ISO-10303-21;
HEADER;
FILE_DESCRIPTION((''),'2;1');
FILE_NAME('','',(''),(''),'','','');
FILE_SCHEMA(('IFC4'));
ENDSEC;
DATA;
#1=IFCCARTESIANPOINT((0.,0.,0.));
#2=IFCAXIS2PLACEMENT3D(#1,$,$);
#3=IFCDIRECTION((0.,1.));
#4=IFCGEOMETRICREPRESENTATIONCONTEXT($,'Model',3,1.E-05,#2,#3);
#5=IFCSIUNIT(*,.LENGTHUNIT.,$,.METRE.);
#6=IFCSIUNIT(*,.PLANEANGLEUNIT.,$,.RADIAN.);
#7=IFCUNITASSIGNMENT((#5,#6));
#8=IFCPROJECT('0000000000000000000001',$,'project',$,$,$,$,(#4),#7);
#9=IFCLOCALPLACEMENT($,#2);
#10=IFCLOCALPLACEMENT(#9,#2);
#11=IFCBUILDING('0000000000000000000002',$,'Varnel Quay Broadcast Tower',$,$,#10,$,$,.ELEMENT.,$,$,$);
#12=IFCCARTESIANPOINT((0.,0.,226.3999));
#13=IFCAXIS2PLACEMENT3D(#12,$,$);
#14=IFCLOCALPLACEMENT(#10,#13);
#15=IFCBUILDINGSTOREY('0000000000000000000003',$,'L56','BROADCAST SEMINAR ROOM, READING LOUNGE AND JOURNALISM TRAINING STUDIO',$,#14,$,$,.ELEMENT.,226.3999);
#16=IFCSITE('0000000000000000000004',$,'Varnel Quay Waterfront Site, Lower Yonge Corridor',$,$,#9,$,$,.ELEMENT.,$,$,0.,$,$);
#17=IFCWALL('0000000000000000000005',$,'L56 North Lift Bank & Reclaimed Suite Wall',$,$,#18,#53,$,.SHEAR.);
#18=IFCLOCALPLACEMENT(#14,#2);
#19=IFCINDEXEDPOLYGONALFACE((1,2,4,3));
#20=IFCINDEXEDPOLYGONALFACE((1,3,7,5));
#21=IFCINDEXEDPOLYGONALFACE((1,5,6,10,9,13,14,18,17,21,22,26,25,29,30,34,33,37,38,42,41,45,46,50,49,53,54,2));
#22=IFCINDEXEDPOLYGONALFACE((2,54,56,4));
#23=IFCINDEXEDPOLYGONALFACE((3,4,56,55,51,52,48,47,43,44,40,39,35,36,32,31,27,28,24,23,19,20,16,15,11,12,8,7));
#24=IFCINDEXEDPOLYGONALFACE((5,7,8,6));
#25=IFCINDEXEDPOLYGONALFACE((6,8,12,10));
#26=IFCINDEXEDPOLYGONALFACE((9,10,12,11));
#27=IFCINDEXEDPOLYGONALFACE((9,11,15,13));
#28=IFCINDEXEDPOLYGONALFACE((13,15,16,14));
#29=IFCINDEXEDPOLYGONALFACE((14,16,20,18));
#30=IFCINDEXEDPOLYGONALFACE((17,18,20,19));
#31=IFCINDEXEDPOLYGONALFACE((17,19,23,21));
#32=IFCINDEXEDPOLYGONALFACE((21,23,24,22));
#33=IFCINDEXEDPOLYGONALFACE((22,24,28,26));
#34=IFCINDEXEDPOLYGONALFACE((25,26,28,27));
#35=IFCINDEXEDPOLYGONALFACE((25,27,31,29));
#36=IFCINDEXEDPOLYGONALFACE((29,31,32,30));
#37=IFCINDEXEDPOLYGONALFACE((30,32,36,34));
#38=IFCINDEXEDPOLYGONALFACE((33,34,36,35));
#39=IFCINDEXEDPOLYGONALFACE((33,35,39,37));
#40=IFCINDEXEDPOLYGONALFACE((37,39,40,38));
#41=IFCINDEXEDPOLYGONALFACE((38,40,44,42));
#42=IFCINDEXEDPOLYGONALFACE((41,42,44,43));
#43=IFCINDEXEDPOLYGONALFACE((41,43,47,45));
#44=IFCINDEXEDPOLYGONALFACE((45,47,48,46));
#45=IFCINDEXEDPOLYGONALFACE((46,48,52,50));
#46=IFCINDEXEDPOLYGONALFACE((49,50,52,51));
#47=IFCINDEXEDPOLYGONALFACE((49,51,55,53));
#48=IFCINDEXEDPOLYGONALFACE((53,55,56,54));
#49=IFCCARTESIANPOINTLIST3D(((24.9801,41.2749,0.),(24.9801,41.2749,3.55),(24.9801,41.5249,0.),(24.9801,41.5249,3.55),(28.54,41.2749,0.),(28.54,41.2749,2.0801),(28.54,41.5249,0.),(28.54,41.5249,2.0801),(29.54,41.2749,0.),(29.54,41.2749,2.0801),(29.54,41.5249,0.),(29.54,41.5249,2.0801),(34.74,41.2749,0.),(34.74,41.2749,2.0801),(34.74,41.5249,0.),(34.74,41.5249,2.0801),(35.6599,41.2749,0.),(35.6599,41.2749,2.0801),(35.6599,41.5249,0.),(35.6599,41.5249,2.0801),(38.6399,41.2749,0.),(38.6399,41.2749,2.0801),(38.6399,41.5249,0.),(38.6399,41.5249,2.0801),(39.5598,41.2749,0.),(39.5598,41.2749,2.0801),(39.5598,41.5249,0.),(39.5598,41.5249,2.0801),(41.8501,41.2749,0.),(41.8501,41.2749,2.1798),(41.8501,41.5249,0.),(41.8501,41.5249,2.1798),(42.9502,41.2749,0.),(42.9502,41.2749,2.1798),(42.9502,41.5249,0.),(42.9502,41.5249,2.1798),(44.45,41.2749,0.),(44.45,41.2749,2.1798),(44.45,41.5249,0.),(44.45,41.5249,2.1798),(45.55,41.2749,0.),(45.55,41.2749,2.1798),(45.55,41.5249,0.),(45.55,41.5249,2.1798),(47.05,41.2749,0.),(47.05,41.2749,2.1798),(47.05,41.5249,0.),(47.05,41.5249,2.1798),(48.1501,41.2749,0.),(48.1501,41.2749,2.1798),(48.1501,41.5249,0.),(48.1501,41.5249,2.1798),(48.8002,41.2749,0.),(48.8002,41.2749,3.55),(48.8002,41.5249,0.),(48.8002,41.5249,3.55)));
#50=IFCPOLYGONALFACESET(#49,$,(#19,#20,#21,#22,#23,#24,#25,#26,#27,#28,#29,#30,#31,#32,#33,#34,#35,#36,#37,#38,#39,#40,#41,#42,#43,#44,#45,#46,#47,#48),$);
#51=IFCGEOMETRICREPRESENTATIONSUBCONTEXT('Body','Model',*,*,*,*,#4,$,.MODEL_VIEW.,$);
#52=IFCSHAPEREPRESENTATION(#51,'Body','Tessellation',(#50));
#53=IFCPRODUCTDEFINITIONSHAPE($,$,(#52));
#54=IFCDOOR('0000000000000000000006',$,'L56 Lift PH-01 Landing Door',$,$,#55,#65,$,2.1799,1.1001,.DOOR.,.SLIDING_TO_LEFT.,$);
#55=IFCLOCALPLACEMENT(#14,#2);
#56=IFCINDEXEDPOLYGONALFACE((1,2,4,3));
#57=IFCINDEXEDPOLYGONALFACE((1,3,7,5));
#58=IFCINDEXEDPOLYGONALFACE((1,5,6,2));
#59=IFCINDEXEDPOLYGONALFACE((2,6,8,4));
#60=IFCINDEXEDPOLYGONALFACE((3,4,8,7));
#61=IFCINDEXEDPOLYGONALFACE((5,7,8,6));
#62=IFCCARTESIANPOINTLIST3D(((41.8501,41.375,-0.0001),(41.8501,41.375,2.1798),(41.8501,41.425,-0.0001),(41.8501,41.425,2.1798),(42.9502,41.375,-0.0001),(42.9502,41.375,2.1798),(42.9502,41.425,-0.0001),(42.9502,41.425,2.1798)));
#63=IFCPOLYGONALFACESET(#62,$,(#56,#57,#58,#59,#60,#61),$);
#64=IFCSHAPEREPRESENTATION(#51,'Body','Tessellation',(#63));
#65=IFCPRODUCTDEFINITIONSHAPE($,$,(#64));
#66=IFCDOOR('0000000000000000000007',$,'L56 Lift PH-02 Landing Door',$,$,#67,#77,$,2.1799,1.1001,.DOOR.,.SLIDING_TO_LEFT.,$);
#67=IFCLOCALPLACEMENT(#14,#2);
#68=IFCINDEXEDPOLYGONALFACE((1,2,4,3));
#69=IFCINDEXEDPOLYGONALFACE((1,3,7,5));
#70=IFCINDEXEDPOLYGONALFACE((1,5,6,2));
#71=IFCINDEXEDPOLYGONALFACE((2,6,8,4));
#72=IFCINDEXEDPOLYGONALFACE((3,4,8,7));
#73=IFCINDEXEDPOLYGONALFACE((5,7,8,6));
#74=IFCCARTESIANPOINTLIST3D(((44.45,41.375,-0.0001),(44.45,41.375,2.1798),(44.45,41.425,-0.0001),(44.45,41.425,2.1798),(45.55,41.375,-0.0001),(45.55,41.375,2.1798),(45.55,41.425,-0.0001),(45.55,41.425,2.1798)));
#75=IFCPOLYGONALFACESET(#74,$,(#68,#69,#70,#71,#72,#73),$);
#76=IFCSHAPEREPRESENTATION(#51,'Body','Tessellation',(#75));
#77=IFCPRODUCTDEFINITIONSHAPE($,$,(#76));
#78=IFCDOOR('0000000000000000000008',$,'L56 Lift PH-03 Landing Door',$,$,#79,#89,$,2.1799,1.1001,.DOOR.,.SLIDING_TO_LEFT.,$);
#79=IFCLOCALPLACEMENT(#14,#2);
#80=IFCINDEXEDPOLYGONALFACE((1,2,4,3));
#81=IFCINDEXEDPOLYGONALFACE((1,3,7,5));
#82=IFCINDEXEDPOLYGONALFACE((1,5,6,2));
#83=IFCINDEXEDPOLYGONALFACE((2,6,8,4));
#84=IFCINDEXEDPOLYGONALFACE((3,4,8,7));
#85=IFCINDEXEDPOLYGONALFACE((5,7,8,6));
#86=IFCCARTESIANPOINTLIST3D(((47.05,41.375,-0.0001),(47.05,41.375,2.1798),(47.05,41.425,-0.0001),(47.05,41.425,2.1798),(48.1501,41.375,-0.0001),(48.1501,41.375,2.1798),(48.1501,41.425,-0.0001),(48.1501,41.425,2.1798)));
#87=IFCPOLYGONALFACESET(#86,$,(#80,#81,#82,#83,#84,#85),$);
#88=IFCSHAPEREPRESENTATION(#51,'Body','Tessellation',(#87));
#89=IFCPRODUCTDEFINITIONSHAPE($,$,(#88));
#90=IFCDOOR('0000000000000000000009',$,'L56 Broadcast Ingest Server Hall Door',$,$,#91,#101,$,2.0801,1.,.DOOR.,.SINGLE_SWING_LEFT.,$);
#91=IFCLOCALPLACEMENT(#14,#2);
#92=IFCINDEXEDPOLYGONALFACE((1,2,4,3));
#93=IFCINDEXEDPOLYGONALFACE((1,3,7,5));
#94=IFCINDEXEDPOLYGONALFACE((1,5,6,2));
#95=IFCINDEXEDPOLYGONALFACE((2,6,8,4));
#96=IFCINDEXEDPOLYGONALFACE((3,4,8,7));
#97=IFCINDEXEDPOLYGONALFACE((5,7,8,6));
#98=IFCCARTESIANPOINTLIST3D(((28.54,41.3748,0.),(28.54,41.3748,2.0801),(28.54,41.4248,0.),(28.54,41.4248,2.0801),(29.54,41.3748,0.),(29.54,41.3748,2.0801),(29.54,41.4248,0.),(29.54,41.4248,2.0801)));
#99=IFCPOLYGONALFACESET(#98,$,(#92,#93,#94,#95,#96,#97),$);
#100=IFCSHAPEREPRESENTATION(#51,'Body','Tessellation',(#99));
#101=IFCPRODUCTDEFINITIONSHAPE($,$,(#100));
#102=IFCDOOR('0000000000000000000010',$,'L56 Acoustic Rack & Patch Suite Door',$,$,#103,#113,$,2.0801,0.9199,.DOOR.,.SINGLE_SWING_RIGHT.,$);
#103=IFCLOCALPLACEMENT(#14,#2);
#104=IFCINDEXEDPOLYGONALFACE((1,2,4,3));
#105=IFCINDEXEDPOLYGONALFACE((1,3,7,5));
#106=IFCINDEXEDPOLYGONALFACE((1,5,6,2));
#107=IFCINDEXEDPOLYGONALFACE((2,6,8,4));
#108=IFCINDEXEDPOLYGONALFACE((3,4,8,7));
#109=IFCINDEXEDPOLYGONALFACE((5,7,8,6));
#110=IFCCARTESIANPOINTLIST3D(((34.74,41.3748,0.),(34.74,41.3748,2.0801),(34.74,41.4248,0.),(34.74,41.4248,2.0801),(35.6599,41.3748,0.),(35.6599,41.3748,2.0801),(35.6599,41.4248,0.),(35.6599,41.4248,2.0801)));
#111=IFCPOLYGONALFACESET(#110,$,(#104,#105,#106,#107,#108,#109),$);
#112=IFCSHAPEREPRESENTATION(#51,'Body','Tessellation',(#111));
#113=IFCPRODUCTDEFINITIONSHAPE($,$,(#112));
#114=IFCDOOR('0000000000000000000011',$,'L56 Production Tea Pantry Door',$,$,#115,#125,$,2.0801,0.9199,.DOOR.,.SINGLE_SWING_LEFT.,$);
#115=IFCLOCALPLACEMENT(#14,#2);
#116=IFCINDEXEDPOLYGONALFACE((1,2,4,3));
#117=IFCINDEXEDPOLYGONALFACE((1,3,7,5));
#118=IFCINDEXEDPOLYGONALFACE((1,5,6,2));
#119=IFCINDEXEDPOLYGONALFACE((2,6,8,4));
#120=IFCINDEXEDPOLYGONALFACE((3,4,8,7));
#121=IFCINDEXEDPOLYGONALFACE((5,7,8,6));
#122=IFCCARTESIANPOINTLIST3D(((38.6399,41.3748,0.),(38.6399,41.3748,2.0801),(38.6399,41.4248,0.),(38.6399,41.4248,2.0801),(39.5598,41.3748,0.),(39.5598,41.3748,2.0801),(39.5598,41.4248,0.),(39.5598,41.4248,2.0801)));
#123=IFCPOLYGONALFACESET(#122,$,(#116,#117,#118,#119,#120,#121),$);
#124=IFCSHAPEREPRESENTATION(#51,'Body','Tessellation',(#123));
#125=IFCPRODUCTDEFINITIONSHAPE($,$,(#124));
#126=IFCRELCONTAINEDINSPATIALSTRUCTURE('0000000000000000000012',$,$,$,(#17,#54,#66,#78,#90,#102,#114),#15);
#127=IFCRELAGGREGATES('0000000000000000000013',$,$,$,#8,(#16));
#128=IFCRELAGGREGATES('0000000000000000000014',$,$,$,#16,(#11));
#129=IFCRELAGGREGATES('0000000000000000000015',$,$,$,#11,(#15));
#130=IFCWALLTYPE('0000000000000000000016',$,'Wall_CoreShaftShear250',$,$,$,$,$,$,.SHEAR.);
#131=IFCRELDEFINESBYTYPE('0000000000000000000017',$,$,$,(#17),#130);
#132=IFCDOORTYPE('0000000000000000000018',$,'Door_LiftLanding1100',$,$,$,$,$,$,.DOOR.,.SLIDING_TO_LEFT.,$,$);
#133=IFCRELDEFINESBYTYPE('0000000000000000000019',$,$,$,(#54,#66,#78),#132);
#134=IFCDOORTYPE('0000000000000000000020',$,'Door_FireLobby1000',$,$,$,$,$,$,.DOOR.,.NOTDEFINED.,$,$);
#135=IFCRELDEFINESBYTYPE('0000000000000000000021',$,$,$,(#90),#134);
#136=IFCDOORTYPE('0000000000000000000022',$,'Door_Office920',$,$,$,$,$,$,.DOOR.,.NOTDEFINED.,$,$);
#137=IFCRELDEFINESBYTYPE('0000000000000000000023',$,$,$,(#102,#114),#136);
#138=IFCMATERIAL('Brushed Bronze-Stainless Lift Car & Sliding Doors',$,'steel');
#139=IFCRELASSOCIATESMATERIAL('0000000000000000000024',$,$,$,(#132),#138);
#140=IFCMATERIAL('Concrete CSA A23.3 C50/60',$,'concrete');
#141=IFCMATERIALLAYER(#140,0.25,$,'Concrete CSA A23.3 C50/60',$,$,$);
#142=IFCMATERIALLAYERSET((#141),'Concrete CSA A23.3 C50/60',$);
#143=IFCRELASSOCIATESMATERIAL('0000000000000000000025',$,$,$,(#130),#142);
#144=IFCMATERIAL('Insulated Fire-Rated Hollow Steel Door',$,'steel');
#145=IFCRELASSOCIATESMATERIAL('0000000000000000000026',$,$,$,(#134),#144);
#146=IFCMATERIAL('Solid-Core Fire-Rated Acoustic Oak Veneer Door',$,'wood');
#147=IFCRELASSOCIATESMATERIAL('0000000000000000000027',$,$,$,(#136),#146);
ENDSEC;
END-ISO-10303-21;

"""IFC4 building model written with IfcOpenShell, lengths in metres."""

from ifc_helpers import new_model, si_unit, direction, frame, frame_2d, origin, place, context, subcontext, project, spatial, rectangle, extrude, source, transform, mapped, material, layer, layer_set, type_object, type_shapes, element, fill, save


model = new_model("IFC4")

# Units and contexts
model_context = context("Model", 3, precision=1e-05, world=origin(), true_north=direction((0.0, 1.0)))
body_context = subcontext(model_context, "Body", "Model", "MODEL_VIEW")
ifc_project = project(units=[si_unit("LENGTHUNIT", "METRE"), si_unit("PLANEANGLEUNIT", "RADIAN")], contexts=[model_context])

# Site, building, storey
site_placement = place(None, origin())
site = spatial("IfcSite", under=ifc_project, at=site_placement, Name="Varnel Quay Waterfront Site, Lower Yonge Corridor", CompositionType="ELEMENT", RefElevation=0.0)
building_placement = place(site_placement, origin())
building = spatial("IfcBuilding", under=site, at=building_placement, Name="Varnel Quay Broadcast Tower", CompositionType="ELEMENT")
storey_placement = place(building_placement, frame((0.0, 0.0, 226.3999)))
storey = spatial("IfcBuildingStorey", under=building, at=storey_placement, Name="L56", Description="BROADCAST SEMINAR ROOM, READING LOUNGE AND JOURNALISM TRAINING STUDIO", CompositionType="ELEMENT", Elevation=226.3999)

# Shared definitions
ifc_material_1 = material(Name="Concrete CSA A23.3 C50/60", Category="concrete")
ifc_material_2 = material(Name="Brushed Bronze-Stainless Lift Car & Sliding Doors", Category="steel")
door_type_1 = type_object("IfcDoorType", Name="Door_LiftLanding1100", OperationType="SLIDING_TO_LEFT", PredefinedType="DOOR", material=ifc_material_2)
shared_shape_1 = source(origin(), body_context, "Body", "SweptSolid", [
    extrude(rectangle(XDim=1.1001, YDim=2.1799, at=frame_2d((0.55, 1.0898))), frame((0.0, 0.0249, 0.0), z_axis=(0.0, -1.0, 0.0), x_axis=(1.0, 0.0, 0.0)), (0.0, 0.0, 1.0), 0.05),
])
type_shapes(door_type_1, [shared_shape_1])

# Wall, openings, doors
ifc_layer_1 = layer(ifc_material_1, 0.25, Name="Concrete CSA A23.3 C50/60")
ifc_layer_set_1 = layer_set([ifc_layer_1], Name="Concrete CSA A23.3 C50/60")
wall_type_1 = type_object("IfcWallType", Name="Wall_CoreShaftShear250", PredefinedType="SHEAR", material=ifc_layer_set_1)
wall_1_placement = place(storey_placement, frame((24.98, 41.3999, 0.0), z_axis=(0.0, 0.0, 1.0), x_axis=(1.0, 0.0, 0.0)))
wall_1 = element("IfcWall", 1, at=wall_1_placement, inside=storey, type_object=wall_type_1, Name="L56 North Lift Bank & Reclaimed Suite Wall", PredefinedType="SHEAR", context=body_context, shape_type="SweptSolid", body=[
    extrude(rectangle(XDim=23.8201, YDim=0.25, at=frame_2d((11.9102, 0.0))), origin(), (0.0, 0.0, 1.0), 3.55),
])
opening_1_placement = place(wall_1_placement, frame((16.8701, 0.0, 0.0)))
opening_1 = element("IfcOpeningElement", 2, at=opening_1_placement, cuts=wall_1, PredefinedType="OPENING", context=body_context, shape_type="SweptSolid", body=[
    extrude(rectangle(XDim=1.1001, YDim=2.1799, at=frame_2d((0.55, 1.0898))), frame((0.0, 0.135, 0.0), z_axis=(0.0, -1.0, 0.0), x_axis=(1.0, 0.0, 0.0)), (0.0, 0.0, 1.0), 0.27),
])
opening_2_placement = place(wall_1_placement, frame((19.47, 0.0, 0.0)))
opening_2 = element("IfcOpeningElement", 3, at=opening_2_placement, cuts=wall_1, PredefinedType="OPENING", context=body_context, shape_type="SweptSolid", body=[
    extrude(rectangle(XDim=1.1001, YDim=2.1799, at=frame_2d((0.55, 1.0898))), frame((0.0, 0.135, 0.0), z_axis=(0.0, -1.0, 0.0), x_axis=(1.0, 0.0, 0.0)), (0.0, 0.0, 1.0), 0.27),
])
opening_3_placement = place(wall_1_placement, frame((22.0701, 0.0, 0.0)))
opening_3 = element("IfcOpeningElement", 4, at=opening_3_placement, cuts=wall_1, PredefinedType="OPENING", context=body_context, shape_type="SweptSolid", body=[
    extrude(rectangle(XDim=1.1001, YDim=2.1799, at=frame_2d((0.55, 1.0898))), frame((0.0, 0.135, 0.0), z_axis=(0.0, -1.0, 0.0), x_axis=(1.0, 0.0, 0.0)), (0.0, 0.0, 1.0), 0.27),
])
opening_4_placement = place(wall_1_placement, frame((3.5601, 0.0, 0.0)))
opening_4 = element("IfcOpeningElement", 5, at=opening_4_placement, cuts=wall_1, PredefinedType="OPENING", context=body_context, shape_type="SweptSolid", body=[
    extrude(rectangle(XDim=1.0, YDim=2.0801, at=frame_2d((0.5, 1.04))), frame((0.0, 0.135, 0.0), z_axis=(0.0, -1.0, 0.0), x_axis=(1.0, 0.0, 0.0)), (0.0, 0.0, 1.0), 0.27),
])
opening_5_placement = place(wall_1_placement, frame((9.76, 0.0, 0.0)))
opening_5 = element("IfcOpeningElement", 6, at=opening_5_placement, cuts=wall_1, PredefinedType="OPENING", context=body_context, shape_type="SweptSolid", body=[
    extrude(rectangle(XDim=0.9199, YDim=2.0801, at=frame_2d((0.46, 1.04))), frame((0.0, 0.135, 0.0), z_axis=(0.0, -1.0, 0.0), x_axis=(1.0, 0.0, 0.0)), (0.0, 0.0, 1.0), 0.27),
])
opening_6_placement = place(wall_1_placement, frame((13.6599, 0.0, 0.0)))
opening_6 = element("IfcOpeningElement", 7, at=opening_6_placement, cuts=wall_1, PredefinedType="OPENING", context=body_context, shape_type="SweptSolid", body=[
    extrude(rectangle(XDim=0.9199, YDim=2.0801, at=frame_2d((0.46, 1.04))), frame((0.0, 0.135, 0.0), z_axis=(0.0, -1.0, 0.0), x_axis=(1.0, 0.0, 0.0)), (0.0, 0.0, 1.0), 0.27),
])
door_1_placement = place(opening_1_placement, frame((1.1001, 0.0, 0.0), z_axis=(0.0, 0.0, 1.0), x_axis=(-1.0, 0.0, 0.0)))
door_1 = element("IfcDoor", 8, at=door_1_placement, inside=storey, type_object=door_type_1, Name="L56 Lift PH-01 Landing Door", OperationType="SLIDING_TO_LEFT", OverallHeight=2.1799, OverallWidth=1.1001, PredefinedType="DOOR", context=body_context, shape_type="MappedRepresentation", body=[
    mapped(shared_shape_1, transform((0.0, 0.0, 0.0), x_axis=(1.0, 0.0, 0.0), y_axis=(0.0, 1.0, 0.0), z_axis=(0.0, 0.0, 1.0), scale=1.0)),
])
fill(opening_1, door_1)
door_2_placement = place(opening_2_placement, frame((1.1001, 0.0, 0.0), z_axis=(0.0, 0.0, 1.0), x_axis=(-1.0, 0.0, 0.0)))
door_2 = element("IfcDoor", 9, at=door_2_placement, inside=storey, type_object=door_type_1, Name="L56 Lift PH-02 Landing Door", OperationType="SLIDING_TO_LEFT", OverallHeight=2.1799, OverallWidth=1.1001, PredefinedType="DOOR", context=body_context, shape_type="MappedRepresentation", body=[
    mapped(shared_shape_1, transform((0.0, 0.0, 0.0), x_axis=(1.0, 0.0, 0.0), y_axis=(0.0, 1.0, 0.0), z_axis=(0.0, 0.0, 1.0), scale=1.0)),
])
fill(opening_2, door_2)
door_3_placement = place(opening_3_placement, frame((1.1001, 0.0, 0.0), z_axis=(0.0, 0.0, 1.0), x_axis=(-1.0, 0.0, 0.0)))
door_3 = element("IfcDoor", 10, at=door_3_placement, inside=storey, type_object=door_type_1, Name="L56 Lift PH-03 Landing Door", OperationType="SLIDING_TO_LEFT", OverallHeight=2.1799, OverallWidth=1.1001, PredefinedType="DOOR", context=body_context, shape_type="MappedRepresentation", body=[
    mapped(shared_shape_1, transform((0.0, 0.0, 0.0), x_axis=(1.0, 0.0, 0.0), y_axis=(0.0, 1.0, 0.0), z_axis=(0.0, 0.0, 1.0), scale=1.0)),
])
fill(opening_3, door_3)
ifc_material_3 = material(Name="Insulated Fire-Rated Hollow Steel Door", Category="steel")
door_type_2 = type_object("IfcDoorType", Name="Door_FireLobby1000", OperationType="NOTDEFINED", PredefinedType="DOOR", material=ifc_material_3)
shared_shape_2 = source(origin(), body_context, "Body", "SweptSolid", [
    extrude(rectangle(XDim=1.0, YDim=2.0801, at=frame_2d((0.5, 1.04))), frame((0.0, 0.0249, 0.0), z_axis=(0.0, -1.0, 0.0), x_axis=(1.0, 0.0, 0.0)), (0.0, 0.0, 1.0), 0.05),
])
type_shapes(door_type_2, [shared_shape_2])
door_4_placement = place(opening_4_placement, origin())
door_4 = element("IfcDoor", 11, at=door_4_placement, inside=storey, type_object=door_type_2, Name="L56 Broadcast Ingest Server Hall Door", OperationType="SINGLE_SWING_LEFT", OverallHeight=2.0801, OverallWidth=1.0, PredefinedType="DOOR", context=body_context, shape_type="MappedRepresentation", body=[
    mapped(shared_shape_2, transform((0.0, 0.0, 0.0), x_axis=(1.0, 0.0, 0.0), y_axis=(0.0, 1.0, 0.0), z_axis=(0.0, 0.0, 1.0), scale=1.0)),
])
fill(opening_4, door_4)
ifc_material_4 = material(Name="Solid-Core Fire-Rated Acoustic Oak Veneer Door", Category="wood")
door_type_3 = type_object("IfcDoorType", Name="Door_Office920", OperationType="NOTDEFINED", PredefinedType="DOOR", material=ifc_material_4)
shared_shape_3 = source(origin(), body_context, "Body", "SweptSolid", [
    extrude(rectangle(XDim=0.9199, YDim=2.0801, at=frame_2d((0.46, 1.04))), frame((0.0, 0.0249, 0.0), z_axis=(0.0, -1.0, 0.0), x_axis=(1.0, 0.0, 0.0)), (0.0, 0.0, 1.0), 0.05),
])
type_shapes(door_type_3, [shared_shape_3])
door_5_placement = place(opening_5_placement, origin())
door_5 = element("IfcDoor", 12, at=door_5_placement, inside=storey, type_object=door_type_3, Name="L56 Acoustic Rack & Patch Suite Door", OperationType="SINGLE_SWING_RIGHT", OverallHeight=2.0801, OverallWidth=0.9199, PredefinedType="DOOR", context=body_context, shape_type="MappedRepresentation", body=[
    mapped(shared_shape_3, transform((0.0, 0.0, 0.0), x_axis=(1.0, 0.0, 0.0), y_axis=(0.0, 1.0, 0.0), z_axis=(0.0, 0.0, 1.0), scale=1.0)),
])
fill(opening_5, door_5)
door_6_placement = place(opening_6_placement, origin())
door_6 = element("IfcDoor", 13, at=door_6_placement, inside=storey, type_object=door_type_3, Name="L56 Production Tea Pantry Door", OperationType="SINGLE_SWING_LEFT", OverallHeight=2.0801, OverallWidth=0.9199, PredefinedType="DOOR", context=body_context, shape_type="MappedRepresentation", body=[
    mapped(shared_shape_3, transform((0.0, 0.0, 0.0), x_axis=(1.0, 0.0, 0.0), y_axis=(0.0, 1.0, 0.0), z_axis=(0.0, 0.0, 1.0), scale=1.0)),
])
fill(opening_6, door_6)

save(model, "model.ifc")
